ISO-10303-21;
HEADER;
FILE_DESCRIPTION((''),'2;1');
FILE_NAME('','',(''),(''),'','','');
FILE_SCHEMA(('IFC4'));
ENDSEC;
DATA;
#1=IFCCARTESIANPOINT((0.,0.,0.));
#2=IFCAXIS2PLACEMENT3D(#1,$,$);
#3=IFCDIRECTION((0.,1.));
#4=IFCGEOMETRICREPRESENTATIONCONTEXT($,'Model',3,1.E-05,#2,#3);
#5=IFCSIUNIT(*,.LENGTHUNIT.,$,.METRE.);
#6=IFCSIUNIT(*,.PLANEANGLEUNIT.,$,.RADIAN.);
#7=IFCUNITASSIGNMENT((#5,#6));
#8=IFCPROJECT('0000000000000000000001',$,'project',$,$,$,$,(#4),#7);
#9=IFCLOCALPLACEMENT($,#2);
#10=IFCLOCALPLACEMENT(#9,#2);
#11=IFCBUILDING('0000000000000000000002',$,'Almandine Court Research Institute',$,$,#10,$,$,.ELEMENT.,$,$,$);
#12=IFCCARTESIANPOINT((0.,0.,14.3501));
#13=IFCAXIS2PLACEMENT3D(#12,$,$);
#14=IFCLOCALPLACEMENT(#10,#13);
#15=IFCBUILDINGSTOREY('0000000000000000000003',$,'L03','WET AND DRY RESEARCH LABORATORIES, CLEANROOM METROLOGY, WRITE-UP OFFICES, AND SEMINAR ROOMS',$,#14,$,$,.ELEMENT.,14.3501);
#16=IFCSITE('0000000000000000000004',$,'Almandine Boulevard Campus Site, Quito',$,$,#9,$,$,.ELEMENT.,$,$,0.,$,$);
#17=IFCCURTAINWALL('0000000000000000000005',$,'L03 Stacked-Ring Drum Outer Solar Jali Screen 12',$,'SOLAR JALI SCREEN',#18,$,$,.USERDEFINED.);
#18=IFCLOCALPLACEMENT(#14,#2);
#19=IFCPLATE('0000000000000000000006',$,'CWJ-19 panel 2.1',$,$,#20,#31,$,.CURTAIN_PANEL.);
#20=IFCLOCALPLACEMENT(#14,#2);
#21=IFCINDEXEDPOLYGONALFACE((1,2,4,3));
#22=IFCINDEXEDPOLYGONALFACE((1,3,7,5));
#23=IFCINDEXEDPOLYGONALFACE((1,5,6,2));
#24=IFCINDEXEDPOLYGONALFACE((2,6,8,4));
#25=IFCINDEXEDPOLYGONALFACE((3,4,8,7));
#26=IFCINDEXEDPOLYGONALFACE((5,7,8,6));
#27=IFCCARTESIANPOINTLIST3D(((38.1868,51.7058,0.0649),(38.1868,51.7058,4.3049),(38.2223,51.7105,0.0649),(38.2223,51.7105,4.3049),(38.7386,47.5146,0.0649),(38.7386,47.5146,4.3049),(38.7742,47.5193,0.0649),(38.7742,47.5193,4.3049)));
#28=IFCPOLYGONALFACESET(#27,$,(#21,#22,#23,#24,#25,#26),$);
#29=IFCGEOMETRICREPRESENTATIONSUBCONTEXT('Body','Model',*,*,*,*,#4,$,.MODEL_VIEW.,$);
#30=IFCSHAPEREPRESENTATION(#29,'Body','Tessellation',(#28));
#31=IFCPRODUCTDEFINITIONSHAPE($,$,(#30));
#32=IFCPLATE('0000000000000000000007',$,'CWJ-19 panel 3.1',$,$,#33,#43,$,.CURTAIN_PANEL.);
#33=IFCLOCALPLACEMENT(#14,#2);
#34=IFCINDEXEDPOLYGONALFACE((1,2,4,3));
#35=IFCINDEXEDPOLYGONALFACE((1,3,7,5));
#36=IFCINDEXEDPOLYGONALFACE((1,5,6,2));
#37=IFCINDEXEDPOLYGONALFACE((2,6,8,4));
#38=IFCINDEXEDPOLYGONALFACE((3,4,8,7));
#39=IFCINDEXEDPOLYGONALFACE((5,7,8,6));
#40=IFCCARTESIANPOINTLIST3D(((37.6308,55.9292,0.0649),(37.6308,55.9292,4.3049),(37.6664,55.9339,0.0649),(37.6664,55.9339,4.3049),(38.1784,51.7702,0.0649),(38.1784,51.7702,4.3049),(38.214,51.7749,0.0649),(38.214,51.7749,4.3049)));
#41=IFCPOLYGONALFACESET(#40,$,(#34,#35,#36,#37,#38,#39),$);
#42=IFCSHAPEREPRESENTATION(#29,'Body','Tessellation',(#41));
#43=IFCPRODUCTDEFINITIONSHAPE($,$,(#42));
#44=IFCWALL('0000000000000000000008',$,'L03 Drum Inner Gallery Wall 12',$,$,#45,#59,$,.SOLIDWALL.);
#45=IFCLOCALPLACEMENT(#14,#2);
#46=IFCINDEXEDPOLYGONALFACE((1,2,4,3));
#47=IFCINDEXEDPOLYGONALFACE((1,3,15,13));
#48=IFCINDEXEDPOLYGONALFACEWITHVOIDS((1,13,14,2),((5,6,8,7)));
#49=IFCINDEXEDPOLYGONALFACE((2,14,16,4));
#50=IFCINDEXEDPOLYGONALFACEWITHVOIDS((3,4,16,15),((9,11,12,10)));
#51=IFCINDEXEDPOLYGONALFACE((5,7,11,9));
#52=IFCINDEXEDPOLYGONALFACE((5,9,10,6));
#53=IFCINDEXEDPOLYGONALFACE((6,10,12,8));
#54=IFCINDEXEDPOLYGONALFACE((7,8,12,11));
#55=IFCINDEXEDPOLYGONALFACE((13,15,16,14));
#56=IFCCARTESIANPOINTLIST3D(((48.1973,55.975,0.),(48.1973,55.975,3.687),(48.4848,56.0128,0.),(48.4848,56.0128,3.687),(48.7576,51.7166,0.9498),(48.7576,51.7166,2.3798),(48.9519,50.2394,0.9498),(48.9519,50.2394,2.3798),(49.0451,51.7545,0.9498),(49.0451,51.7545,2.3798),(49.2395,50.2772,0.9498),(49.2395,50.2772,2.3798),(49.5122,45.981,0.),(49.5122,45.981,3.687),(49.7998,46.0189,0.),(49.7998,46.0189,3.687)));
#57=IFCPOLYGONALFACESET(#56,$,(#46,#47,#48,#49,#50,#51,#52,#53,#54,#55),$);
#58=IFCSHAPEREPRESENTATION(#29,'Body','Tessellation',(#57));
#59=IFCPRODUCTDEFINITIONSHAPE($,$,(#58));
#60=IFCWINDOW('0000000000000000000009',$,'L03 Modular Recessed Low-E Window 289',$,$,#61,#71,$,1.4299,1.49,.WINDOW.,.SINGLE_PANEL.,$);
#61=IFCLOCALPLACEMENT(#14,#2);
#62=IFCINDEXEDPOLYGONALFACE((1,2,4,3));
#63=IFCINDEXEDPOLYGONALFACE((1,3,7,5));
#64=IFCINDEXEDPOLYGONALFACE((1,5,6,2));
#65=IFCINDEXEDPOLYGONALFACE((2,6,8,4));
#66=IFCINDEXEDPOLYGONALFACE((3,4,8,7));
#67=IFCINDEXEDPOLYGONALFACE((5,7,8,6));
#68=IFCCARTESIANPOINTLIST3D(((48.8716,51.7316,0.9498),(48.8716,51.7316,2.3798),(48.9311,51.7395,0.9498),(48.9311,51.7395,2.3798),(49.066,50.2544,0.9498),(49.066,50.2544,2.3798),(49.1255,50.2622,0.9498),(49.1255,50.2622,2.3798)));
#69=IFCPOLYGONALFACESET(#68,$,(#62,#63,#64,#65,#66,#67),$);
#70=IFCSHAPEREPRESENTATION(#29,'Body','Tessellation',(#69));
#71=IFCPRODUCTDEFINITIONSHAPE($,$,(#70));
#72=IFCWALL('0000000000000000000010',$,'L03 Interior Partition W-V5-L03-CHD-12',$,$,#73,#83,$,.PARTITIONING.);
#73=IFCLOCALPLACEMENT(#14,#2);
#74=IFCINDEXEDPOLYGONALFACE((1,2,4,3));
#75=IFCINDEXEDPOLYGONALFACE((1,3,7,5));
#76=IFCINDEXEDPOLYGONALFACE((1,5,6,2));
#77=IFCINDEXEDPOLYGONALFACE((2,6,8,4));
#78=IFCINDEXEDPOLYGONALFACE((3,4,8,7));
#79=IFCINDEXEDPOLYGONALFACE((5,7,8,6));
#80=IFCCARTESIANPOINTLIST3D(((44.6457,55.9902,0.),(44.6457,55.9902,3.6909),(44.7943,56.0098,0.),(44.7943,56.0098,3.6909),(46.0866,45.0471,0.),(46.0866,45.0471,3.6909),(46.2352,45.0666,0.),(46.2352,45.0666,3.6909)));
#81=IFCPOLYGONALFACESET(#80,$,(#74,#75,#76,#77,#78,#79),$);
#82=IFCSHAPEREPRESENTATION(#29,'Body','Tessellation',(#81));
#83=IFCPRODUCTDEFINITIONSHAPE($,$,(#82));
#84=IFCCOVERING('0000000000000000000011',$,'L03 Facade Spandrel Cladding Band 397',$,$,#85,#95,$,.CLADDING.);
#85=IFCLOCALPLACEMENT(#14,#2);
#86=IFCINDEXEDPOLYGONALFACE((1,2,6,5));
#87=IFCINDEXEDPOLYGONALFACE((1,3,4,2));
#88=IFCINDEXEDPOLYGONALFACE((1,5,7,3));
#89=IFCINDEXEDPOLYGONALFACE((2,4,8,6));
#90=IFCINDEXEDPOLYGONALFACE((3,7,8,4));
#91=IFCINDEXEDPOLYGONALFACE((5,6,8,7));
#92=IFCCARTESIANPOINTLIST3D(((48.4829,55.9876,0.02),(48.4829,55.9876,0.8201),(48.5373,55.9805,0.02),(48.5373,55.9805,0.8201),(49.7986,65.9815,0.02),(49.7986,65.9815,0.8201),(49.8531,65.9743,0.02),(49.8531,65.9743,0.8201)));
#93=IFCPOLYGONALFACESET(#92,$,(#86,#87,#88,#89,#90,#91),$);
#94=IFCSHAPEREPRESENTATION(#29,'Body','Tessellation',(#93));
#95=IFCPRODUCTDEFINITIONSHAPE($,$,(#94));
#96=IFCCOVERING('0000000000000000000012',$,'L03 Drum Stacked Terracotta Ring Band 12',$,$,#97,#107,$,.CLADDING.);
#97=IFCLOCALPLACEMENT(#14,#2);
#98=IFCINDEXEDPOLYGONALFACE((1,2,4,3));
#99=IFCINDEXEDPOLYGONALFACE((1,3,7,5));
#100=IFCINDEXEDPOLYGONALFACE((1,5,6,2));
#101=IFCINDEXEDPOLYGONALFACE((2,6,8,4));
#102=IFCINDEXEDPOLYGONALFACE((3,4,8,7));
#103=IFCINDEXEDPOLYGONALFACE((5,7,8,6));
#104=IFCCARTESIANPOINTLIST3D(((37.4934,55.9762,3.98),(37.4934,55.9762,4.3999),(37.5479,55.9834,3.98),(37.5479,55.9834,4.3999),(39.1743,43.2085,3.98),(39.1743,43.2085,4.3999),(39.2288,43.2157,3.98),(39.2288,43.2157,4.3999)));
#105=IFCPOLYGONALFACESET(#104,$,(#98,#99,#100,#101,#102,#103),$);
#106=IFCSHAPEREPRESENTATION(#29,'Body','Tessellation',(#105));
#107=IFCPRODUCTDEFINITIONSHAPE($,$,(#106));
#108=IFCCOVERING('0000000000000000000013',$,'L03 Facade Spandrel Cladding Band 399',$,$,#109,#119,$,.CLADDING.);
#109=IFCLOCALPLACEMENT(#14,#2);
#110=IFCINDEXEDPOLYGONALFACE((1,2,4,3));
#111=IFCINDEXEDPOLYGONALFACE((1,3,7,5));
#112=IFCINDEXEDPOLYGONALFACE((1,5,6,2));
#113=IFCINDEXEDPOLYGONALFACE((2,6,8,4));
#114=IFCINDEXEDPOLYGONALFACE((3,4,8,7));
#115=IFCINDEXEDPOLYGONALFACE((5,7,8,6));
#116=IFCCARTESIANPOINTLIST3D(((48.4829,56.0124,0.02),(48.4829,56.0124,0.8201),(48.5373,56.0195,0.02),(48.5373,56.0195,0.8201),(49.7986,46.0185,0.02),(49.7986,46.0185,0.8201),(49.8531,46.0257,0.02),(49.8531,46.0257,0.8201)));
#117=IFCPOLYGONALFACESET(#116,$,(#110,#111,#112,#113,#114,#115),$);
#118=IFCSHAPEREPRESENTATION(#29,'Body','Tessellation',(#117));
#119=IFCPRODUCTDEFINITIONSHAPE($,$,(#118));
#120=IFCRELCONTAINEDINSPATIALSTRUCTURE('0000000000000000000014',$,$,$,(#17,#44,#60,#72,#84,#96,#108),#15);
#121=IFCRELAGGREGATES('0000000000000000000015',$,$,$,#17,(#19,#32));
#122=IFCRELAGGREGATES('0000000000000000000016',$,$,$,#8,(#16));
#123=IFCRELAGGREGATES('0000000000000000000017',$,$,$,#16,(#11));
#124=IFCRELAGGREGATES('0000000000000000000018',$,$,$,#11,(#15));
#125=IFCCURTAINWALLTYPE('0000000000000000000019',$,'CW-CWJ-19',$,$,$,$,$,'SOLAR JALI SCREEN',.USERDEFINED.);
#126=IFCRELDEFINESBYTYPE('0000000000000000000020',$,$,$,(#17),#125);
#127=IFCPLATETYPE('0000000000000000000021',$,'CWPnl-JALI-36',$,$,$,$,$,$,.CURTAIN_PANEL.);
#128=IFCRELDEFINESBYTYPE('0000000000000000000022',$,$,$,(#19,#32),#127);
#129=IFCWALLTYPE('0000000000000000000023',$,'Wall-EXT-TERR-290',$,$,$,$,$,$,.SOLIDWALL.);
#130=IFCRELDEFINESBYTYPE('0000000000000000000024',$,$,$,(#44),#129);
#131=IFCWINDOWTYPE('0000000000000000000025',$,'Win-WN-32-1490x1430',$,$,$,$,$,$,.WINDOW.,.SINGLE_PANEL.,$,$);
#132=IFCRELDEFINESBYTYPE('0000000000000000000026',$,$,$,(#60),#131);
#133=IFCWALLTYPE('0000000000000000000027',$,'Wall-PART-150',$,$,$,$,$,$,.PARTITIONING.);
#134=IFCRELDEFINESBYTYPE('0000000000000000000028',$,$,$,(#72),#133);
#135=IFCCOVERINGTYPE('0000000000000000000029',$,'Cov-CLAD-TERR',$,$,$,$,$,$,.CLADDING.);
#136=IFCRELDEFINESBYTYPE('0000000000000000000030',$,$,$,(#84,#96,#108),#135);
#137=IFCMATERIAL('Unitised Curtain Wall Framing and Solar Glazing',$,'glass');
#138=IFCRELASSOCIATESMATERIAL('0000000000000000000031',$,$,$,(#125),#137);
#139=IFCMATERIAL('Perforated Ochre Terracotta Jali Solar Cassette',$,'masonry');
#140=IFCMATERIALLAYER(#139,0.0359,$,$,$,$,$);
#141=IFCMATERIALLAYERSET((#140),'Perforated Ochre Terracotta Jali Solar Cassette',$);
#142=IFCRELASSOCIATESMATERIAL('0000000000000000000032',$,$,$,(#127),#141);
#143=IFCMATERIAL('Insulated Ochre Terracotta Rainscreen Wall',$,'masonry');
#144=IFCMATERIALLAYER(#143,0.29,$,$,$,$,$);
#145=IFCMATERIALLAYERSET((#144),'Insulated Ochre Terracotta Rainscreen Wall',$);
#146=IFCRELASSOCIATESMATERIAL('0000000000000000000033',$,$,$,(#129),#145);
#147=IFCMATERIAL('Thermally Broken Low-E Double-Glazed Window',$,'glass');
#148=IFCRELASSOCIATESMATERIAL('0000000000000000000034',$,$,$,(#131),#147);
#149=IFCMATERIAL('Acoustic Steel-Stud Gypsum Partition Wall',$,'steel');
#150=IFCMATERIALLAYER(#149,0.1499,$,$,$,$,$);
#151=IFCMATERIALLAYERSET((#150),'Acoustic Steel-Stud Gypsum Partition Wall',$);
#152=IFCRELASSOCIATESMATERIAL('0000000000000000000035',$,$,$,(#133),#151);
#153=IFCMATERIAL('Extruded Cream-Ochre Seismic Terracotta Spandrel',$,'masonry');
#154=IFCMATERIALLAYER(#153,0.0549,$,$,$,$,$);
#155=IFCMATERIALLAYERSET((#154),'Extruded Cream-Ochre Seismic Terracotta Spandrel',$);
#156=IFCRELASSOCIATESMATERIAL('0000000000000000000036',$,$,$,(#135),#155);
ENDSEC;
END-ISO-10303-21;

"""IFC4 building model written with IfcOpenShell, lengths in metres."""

from ifc_helpers import new_model, si_unit, direction, frame, frame_2d, origin, origin_2d, place, context, subcontext, project, spatial, rectangle, extrude, material, layer, layer_set, type_object, element, fill, aggregate, save


model = new_model("IFC4")

# Units and contexts
model_context = context("Model", 3, precision=1e-05, world=origin(), true_north=direction((0.0, 1.0)))
body_context = subcontext(model_context, "Body", "Model", "MODEL_VIEW")
ifc_project = project(units=[si_unit("LENGTHUNIT", "METRE"), si_unit("PLANEANGLEUNIT", "RADIAN")], contexts=[model_context])

# Site, building, storey
site_placement = place(None, origin())
site = spatial("IfcSite", under=ifc_project, at=site_placement, Name="Almandine Boulevard Campus Site, Quito", CompositionType="ELEMENT", RefElevation=0.0)
building_placement = place(site_placement, origin())
building = spatial("IfcBuilding", under=site, at=building_placement, Name="Almandine Court Research Institute", CompositionType="ELEMENT")
storey_placement = place(building_placement, frame((0.0, 0.0, 14.3501)))
storey = spatial("IfcBuildingStorey", under=building, at=storey_placement, Name="L03", Description="WET AND DRY RESEARCH LABORATORIES, CLEANROOM METROLOGY, WRITE-UP OFFICES, AND SEMINAR ROOMS", CompositionType="ELEMENT", Elevation=14.3501)

# Curtain wall
ifc_material_1 = material(Name="Unitised Curtain Wall Framing and Solar Glazing", Category="glass")
curtain_wall_type = type_object("IfcCurtainWallType", Name="CW-CWJ-19", ElementType="SOLAR JALI SCREEN", PredefinedType="USERDEFINED", material=ifc_material_1)
curtain_wall_1_placement = place(storey_placement, origin())
curtain_wall_1 = element("IfcCurtainWall", 1, at=curtain_wall_1_placement, inside=storey, type_object=curtain_wall_type, Name="L03 Stacked-Ring Drum Outer Solar Jali Screen 12", ObjectType="SOLAR JALI SCREEN", PredefinedType="USERDEFINED")

# Plates
ifc_material_2 = material(Name="Perforated Ochre Terracotta Jali Solar Cassette", Category="masonry")
ifc_layer_1 = layer(ifc_material_2, 0.0359)
ifc_layer_set_1 = layer_set([ifc_layer_1], Name="Perforated Ochre Terracotta Jali Solar Cassette")
plate_type = type_object("IfcPlateType", Name="CWPnl-JALI-36", PredefinedType="CURTAIN_PANEL", material=ifc_layer_set_1)
plate_1_placement = place(storey_placement, frame((38.4805, 49.6125, 0.0649), z_axis=(0.0, 0.0, 1.0), x_axis=(-0.130541, 0.991443, 0.0)))
plate_1 = element("IfcPlate", 2, at=plate_1_placement, type_object=plate_type, Name="CWJ-19 panel 2.1", PredefinedType="CURTAIN_PANEL", context=body_context, shape_type="SweptSolid", body=[
    extrude(rectangle(XDim=4.2273, YDim=0.0359, at=origin_2d()), origin(), (0.0, 0.0, 1.0), 4.24),
])
plate_2_placement = place(storey_placement, frame((37.9224, 53.8521, 0.0649), z_axis=(0.0, 0.0, 1.0), x_axis=(-0.130541, 0.991443, 0.0)))
plate_2 = element("IfcPlate", 3, at=plate_2_placement, type_object=plate_type, Name="CWJ-19 panel 3.1", PredefinedType="CURTAIN_PANEL", context=body_context, shape_type="SweptSolid", body=[
    extrude(rectangle(XDim=4.1948, YDim=0.0359, at=origin_2d()), origin(), (0.0, 0.0, 1.0), 4.24),
])
aggregate(curtain_wall_1, [plate_1, plate_2])

# Wall, opening, window
ifc_material_3 = material(Name="Insulated Ochre Terracotta Rainscreen Wall", Category="masonry")
ifc_layer_2 = layer(ifc_material_3, 0.29)
ifc_layer_set_2 = layer_set([ifc_layer_2], Name="Insulated Ochre Terracotta Rainscreen Wall")
wall_type_1 = type_object("IfcWallType", Name="Wall-EXT-TERR-290", PredefinedType="SOLIDWALL", material=ifc_layer_set_2)
wall_1_placement = place(storey_placement, frame((48.3411, 55.9939, 0.0), z_axis=(0.0, 0.0, 1.0), x_axis=(0.13045, -0.991455, 0.0)))
wall_1 = element("IfcWall", 4, at=wall_1_placement, inside=storey, type_object=wall_type_1, Name="L03 Drum Inner Gallery Wall 12", PredefinedType="SOLIDWALL", context=body_context, shape_type="SweptSolid", body=[
    extrude(rectangle(XDim=10.0801, YDim=0.29, at=frame_2d((5.04, 0.0))), origin(), (0.0, 0.0, 1.0), 3.687),
])
opening_placement = place(wall_1_placement, frame((4.2949, 0.0, 0.95)))
opening = element("IfcOpeningElement", 5, at=opening_placement, cuts=wall_1, PredefinedType="OPENING", context=body_context, shape_type="SweptSolid", body=[
    extrude(rectangle(XDim=1.49, YDim=1.4299, at=frame_2d((0.7451, 0.7148))), frame((0.0, 0.155, 0.0), z_axis=(0.0, -1.0, 0.0), x_axis=(1.0, 0.0, 0.0)), (0.0, 0.0, 1.0), 0.3101),
])
ifc_material_4 = material(Name="Thermally Broken Low-E Double-Glazed Window", Category="glass")
window_type = type_object("IfcWindowType", Name="Win-WN-32-1490x1430", PartitioningType="SINGLE_PANEL", PredefinedType="WINDOW", material=ifc_material_4)
window_placement = place(opening_placement, origin())
window = element("IfcWindow", 6, at=window_placement, inside=storey, type_object=window_type, Name="L03 Modular Recessed Low-E Window 289", OverallHeight=1.4299, OverallWidth=1.49, PartitioningType="SINGLE_PANEL", PredefinedType="WINDOW", context=body_context, shape_type="SweptSolid", body=[
    extrude(rectangle(XDim=1.49, YDim=1.4299, at=frame_2d((0.7451, 0.7148))), frame((0.0, 0.03, 0.0), z_axis=(0.0, -1.0, 0.0), x_axis=(1.0, 0.0, 0.0)), (0.0, 0.0, 1.0), 0.0601),
])
fill(opening, window)

# Wall
ifc_material_5 = material(Name="Acoustic Steel-Stud Gypsum Partition Wall", Category="steel")
ifc_layer_3 = layer(ifc_material_5, 0.1499)
ifc_layer_set_3 = layer_set([ifc_layer_3], Name="Acoustic Steel-Stud Gypsum Partition Wall")
wall_type_2 = type_object("IfcWallType", Name="Wall-PART-150", PredefinedType="PARTITIONING", material=ifc_layer_set_3)
wall_2_placement = place(storey_placement, frame((44.72, 56.0, 0.0), z_axis=(0.0, 0.0, 1.0), x_axis=(0.130547, -0.991442, 0.0)))
element("IfcWall", 7, at=wall_2_placement, inside=storey, type_object=wall_type_2, Name="L03 Interior Partition W-V5-L03-CHD-12", PredefinedType="PARTITIONING", context=body_context, shape_type="SweptSolid", body=[
    extrude(rectangle(XDim=11.0376, YDim=0.1499, at=frame_2d((5.5188, 0.0))), origin(), (0.0, 0.0, 1.0), 3.6909),
])

# Coverings
ifc_material_6 = material(Name="Extruded Cream-Ochre Seismic Terracotta Spandrel", Category="masonry")
ifc_layer_4 = layer(ifc_material_6, 0.0549)
ifc_layer_set_4 = layer_set([ifc_layer_4], Name="Extruded Cream-Ochre Seismic Terracotta Spandrel")
covering_type = type_object("IfcCoveringType", Name="Cov-CLAD-TERR", PredefinedType="CLADDING", material=ifc_layer_set_4)
covering_1_placement = place(storey_placement, frame((49.168, 60.981, 0.02), z_axis=(0.0, 0.0, 1.0), x_axis=(-0.130526, -0.991445, 0.0)))
element("IfcCovering", 8, at=covering_1_placement, inside=storey, type_object=covering_type, Name="L03 Facade Spandrel Cladding Band 397", PredefinedType="CLADDING", context=body_context, shape_type="SweptSolid", body=[
    extrude(rectangle(XDim=10.0801, YDim=0.0549, at=origin_2d()), origin(), (0.0, 0.0, 1.0), 0.8),
])
covering_2_placement = place(storey_placement, frame((38.3611, 49.5959, 3.98), z_axis=(0.0, 0.0, 1.0), x_axis=(-0.130526, 0.991445, 0.0)))
element("IfcCovering", 9, at=covering_2_placement, inside=storey, type_object=covering_type, Name="L03 Drum Stacked Terracotta Ring Band 12", PredefinedType="CLADDING", context=body_context, shape_type="SweptSolid", body=[
    extrude(rectangle(XDim=12.8779, YDim=0.0549, at=origin_2d()), origin(), (0.0, 0.0, 1.0), 0.4199),
])
covering_3_placement = place(storey_placement, frame((49.168, 51.019, 0.02), z_axis=(0.0, 0.0, 1.0), x_axis=(0.130526, -0.991445, 0.0)))
element("IfcCovering", 10, at=covering_3_placement, inside=storey, type_object=covering_type, Name="L03 Facade Spandrel Cladding Band 399", PredefinedType="CLADDING", context=body_context, shape_type="SweptSolid", body=[
    extrude(rectangle(XDim=10.0801, YDim=0.0549, at=origin_2d()), origin(), (0.0, 0.0, 1.0), 0.8),
])

save(model, "model.ifc")
